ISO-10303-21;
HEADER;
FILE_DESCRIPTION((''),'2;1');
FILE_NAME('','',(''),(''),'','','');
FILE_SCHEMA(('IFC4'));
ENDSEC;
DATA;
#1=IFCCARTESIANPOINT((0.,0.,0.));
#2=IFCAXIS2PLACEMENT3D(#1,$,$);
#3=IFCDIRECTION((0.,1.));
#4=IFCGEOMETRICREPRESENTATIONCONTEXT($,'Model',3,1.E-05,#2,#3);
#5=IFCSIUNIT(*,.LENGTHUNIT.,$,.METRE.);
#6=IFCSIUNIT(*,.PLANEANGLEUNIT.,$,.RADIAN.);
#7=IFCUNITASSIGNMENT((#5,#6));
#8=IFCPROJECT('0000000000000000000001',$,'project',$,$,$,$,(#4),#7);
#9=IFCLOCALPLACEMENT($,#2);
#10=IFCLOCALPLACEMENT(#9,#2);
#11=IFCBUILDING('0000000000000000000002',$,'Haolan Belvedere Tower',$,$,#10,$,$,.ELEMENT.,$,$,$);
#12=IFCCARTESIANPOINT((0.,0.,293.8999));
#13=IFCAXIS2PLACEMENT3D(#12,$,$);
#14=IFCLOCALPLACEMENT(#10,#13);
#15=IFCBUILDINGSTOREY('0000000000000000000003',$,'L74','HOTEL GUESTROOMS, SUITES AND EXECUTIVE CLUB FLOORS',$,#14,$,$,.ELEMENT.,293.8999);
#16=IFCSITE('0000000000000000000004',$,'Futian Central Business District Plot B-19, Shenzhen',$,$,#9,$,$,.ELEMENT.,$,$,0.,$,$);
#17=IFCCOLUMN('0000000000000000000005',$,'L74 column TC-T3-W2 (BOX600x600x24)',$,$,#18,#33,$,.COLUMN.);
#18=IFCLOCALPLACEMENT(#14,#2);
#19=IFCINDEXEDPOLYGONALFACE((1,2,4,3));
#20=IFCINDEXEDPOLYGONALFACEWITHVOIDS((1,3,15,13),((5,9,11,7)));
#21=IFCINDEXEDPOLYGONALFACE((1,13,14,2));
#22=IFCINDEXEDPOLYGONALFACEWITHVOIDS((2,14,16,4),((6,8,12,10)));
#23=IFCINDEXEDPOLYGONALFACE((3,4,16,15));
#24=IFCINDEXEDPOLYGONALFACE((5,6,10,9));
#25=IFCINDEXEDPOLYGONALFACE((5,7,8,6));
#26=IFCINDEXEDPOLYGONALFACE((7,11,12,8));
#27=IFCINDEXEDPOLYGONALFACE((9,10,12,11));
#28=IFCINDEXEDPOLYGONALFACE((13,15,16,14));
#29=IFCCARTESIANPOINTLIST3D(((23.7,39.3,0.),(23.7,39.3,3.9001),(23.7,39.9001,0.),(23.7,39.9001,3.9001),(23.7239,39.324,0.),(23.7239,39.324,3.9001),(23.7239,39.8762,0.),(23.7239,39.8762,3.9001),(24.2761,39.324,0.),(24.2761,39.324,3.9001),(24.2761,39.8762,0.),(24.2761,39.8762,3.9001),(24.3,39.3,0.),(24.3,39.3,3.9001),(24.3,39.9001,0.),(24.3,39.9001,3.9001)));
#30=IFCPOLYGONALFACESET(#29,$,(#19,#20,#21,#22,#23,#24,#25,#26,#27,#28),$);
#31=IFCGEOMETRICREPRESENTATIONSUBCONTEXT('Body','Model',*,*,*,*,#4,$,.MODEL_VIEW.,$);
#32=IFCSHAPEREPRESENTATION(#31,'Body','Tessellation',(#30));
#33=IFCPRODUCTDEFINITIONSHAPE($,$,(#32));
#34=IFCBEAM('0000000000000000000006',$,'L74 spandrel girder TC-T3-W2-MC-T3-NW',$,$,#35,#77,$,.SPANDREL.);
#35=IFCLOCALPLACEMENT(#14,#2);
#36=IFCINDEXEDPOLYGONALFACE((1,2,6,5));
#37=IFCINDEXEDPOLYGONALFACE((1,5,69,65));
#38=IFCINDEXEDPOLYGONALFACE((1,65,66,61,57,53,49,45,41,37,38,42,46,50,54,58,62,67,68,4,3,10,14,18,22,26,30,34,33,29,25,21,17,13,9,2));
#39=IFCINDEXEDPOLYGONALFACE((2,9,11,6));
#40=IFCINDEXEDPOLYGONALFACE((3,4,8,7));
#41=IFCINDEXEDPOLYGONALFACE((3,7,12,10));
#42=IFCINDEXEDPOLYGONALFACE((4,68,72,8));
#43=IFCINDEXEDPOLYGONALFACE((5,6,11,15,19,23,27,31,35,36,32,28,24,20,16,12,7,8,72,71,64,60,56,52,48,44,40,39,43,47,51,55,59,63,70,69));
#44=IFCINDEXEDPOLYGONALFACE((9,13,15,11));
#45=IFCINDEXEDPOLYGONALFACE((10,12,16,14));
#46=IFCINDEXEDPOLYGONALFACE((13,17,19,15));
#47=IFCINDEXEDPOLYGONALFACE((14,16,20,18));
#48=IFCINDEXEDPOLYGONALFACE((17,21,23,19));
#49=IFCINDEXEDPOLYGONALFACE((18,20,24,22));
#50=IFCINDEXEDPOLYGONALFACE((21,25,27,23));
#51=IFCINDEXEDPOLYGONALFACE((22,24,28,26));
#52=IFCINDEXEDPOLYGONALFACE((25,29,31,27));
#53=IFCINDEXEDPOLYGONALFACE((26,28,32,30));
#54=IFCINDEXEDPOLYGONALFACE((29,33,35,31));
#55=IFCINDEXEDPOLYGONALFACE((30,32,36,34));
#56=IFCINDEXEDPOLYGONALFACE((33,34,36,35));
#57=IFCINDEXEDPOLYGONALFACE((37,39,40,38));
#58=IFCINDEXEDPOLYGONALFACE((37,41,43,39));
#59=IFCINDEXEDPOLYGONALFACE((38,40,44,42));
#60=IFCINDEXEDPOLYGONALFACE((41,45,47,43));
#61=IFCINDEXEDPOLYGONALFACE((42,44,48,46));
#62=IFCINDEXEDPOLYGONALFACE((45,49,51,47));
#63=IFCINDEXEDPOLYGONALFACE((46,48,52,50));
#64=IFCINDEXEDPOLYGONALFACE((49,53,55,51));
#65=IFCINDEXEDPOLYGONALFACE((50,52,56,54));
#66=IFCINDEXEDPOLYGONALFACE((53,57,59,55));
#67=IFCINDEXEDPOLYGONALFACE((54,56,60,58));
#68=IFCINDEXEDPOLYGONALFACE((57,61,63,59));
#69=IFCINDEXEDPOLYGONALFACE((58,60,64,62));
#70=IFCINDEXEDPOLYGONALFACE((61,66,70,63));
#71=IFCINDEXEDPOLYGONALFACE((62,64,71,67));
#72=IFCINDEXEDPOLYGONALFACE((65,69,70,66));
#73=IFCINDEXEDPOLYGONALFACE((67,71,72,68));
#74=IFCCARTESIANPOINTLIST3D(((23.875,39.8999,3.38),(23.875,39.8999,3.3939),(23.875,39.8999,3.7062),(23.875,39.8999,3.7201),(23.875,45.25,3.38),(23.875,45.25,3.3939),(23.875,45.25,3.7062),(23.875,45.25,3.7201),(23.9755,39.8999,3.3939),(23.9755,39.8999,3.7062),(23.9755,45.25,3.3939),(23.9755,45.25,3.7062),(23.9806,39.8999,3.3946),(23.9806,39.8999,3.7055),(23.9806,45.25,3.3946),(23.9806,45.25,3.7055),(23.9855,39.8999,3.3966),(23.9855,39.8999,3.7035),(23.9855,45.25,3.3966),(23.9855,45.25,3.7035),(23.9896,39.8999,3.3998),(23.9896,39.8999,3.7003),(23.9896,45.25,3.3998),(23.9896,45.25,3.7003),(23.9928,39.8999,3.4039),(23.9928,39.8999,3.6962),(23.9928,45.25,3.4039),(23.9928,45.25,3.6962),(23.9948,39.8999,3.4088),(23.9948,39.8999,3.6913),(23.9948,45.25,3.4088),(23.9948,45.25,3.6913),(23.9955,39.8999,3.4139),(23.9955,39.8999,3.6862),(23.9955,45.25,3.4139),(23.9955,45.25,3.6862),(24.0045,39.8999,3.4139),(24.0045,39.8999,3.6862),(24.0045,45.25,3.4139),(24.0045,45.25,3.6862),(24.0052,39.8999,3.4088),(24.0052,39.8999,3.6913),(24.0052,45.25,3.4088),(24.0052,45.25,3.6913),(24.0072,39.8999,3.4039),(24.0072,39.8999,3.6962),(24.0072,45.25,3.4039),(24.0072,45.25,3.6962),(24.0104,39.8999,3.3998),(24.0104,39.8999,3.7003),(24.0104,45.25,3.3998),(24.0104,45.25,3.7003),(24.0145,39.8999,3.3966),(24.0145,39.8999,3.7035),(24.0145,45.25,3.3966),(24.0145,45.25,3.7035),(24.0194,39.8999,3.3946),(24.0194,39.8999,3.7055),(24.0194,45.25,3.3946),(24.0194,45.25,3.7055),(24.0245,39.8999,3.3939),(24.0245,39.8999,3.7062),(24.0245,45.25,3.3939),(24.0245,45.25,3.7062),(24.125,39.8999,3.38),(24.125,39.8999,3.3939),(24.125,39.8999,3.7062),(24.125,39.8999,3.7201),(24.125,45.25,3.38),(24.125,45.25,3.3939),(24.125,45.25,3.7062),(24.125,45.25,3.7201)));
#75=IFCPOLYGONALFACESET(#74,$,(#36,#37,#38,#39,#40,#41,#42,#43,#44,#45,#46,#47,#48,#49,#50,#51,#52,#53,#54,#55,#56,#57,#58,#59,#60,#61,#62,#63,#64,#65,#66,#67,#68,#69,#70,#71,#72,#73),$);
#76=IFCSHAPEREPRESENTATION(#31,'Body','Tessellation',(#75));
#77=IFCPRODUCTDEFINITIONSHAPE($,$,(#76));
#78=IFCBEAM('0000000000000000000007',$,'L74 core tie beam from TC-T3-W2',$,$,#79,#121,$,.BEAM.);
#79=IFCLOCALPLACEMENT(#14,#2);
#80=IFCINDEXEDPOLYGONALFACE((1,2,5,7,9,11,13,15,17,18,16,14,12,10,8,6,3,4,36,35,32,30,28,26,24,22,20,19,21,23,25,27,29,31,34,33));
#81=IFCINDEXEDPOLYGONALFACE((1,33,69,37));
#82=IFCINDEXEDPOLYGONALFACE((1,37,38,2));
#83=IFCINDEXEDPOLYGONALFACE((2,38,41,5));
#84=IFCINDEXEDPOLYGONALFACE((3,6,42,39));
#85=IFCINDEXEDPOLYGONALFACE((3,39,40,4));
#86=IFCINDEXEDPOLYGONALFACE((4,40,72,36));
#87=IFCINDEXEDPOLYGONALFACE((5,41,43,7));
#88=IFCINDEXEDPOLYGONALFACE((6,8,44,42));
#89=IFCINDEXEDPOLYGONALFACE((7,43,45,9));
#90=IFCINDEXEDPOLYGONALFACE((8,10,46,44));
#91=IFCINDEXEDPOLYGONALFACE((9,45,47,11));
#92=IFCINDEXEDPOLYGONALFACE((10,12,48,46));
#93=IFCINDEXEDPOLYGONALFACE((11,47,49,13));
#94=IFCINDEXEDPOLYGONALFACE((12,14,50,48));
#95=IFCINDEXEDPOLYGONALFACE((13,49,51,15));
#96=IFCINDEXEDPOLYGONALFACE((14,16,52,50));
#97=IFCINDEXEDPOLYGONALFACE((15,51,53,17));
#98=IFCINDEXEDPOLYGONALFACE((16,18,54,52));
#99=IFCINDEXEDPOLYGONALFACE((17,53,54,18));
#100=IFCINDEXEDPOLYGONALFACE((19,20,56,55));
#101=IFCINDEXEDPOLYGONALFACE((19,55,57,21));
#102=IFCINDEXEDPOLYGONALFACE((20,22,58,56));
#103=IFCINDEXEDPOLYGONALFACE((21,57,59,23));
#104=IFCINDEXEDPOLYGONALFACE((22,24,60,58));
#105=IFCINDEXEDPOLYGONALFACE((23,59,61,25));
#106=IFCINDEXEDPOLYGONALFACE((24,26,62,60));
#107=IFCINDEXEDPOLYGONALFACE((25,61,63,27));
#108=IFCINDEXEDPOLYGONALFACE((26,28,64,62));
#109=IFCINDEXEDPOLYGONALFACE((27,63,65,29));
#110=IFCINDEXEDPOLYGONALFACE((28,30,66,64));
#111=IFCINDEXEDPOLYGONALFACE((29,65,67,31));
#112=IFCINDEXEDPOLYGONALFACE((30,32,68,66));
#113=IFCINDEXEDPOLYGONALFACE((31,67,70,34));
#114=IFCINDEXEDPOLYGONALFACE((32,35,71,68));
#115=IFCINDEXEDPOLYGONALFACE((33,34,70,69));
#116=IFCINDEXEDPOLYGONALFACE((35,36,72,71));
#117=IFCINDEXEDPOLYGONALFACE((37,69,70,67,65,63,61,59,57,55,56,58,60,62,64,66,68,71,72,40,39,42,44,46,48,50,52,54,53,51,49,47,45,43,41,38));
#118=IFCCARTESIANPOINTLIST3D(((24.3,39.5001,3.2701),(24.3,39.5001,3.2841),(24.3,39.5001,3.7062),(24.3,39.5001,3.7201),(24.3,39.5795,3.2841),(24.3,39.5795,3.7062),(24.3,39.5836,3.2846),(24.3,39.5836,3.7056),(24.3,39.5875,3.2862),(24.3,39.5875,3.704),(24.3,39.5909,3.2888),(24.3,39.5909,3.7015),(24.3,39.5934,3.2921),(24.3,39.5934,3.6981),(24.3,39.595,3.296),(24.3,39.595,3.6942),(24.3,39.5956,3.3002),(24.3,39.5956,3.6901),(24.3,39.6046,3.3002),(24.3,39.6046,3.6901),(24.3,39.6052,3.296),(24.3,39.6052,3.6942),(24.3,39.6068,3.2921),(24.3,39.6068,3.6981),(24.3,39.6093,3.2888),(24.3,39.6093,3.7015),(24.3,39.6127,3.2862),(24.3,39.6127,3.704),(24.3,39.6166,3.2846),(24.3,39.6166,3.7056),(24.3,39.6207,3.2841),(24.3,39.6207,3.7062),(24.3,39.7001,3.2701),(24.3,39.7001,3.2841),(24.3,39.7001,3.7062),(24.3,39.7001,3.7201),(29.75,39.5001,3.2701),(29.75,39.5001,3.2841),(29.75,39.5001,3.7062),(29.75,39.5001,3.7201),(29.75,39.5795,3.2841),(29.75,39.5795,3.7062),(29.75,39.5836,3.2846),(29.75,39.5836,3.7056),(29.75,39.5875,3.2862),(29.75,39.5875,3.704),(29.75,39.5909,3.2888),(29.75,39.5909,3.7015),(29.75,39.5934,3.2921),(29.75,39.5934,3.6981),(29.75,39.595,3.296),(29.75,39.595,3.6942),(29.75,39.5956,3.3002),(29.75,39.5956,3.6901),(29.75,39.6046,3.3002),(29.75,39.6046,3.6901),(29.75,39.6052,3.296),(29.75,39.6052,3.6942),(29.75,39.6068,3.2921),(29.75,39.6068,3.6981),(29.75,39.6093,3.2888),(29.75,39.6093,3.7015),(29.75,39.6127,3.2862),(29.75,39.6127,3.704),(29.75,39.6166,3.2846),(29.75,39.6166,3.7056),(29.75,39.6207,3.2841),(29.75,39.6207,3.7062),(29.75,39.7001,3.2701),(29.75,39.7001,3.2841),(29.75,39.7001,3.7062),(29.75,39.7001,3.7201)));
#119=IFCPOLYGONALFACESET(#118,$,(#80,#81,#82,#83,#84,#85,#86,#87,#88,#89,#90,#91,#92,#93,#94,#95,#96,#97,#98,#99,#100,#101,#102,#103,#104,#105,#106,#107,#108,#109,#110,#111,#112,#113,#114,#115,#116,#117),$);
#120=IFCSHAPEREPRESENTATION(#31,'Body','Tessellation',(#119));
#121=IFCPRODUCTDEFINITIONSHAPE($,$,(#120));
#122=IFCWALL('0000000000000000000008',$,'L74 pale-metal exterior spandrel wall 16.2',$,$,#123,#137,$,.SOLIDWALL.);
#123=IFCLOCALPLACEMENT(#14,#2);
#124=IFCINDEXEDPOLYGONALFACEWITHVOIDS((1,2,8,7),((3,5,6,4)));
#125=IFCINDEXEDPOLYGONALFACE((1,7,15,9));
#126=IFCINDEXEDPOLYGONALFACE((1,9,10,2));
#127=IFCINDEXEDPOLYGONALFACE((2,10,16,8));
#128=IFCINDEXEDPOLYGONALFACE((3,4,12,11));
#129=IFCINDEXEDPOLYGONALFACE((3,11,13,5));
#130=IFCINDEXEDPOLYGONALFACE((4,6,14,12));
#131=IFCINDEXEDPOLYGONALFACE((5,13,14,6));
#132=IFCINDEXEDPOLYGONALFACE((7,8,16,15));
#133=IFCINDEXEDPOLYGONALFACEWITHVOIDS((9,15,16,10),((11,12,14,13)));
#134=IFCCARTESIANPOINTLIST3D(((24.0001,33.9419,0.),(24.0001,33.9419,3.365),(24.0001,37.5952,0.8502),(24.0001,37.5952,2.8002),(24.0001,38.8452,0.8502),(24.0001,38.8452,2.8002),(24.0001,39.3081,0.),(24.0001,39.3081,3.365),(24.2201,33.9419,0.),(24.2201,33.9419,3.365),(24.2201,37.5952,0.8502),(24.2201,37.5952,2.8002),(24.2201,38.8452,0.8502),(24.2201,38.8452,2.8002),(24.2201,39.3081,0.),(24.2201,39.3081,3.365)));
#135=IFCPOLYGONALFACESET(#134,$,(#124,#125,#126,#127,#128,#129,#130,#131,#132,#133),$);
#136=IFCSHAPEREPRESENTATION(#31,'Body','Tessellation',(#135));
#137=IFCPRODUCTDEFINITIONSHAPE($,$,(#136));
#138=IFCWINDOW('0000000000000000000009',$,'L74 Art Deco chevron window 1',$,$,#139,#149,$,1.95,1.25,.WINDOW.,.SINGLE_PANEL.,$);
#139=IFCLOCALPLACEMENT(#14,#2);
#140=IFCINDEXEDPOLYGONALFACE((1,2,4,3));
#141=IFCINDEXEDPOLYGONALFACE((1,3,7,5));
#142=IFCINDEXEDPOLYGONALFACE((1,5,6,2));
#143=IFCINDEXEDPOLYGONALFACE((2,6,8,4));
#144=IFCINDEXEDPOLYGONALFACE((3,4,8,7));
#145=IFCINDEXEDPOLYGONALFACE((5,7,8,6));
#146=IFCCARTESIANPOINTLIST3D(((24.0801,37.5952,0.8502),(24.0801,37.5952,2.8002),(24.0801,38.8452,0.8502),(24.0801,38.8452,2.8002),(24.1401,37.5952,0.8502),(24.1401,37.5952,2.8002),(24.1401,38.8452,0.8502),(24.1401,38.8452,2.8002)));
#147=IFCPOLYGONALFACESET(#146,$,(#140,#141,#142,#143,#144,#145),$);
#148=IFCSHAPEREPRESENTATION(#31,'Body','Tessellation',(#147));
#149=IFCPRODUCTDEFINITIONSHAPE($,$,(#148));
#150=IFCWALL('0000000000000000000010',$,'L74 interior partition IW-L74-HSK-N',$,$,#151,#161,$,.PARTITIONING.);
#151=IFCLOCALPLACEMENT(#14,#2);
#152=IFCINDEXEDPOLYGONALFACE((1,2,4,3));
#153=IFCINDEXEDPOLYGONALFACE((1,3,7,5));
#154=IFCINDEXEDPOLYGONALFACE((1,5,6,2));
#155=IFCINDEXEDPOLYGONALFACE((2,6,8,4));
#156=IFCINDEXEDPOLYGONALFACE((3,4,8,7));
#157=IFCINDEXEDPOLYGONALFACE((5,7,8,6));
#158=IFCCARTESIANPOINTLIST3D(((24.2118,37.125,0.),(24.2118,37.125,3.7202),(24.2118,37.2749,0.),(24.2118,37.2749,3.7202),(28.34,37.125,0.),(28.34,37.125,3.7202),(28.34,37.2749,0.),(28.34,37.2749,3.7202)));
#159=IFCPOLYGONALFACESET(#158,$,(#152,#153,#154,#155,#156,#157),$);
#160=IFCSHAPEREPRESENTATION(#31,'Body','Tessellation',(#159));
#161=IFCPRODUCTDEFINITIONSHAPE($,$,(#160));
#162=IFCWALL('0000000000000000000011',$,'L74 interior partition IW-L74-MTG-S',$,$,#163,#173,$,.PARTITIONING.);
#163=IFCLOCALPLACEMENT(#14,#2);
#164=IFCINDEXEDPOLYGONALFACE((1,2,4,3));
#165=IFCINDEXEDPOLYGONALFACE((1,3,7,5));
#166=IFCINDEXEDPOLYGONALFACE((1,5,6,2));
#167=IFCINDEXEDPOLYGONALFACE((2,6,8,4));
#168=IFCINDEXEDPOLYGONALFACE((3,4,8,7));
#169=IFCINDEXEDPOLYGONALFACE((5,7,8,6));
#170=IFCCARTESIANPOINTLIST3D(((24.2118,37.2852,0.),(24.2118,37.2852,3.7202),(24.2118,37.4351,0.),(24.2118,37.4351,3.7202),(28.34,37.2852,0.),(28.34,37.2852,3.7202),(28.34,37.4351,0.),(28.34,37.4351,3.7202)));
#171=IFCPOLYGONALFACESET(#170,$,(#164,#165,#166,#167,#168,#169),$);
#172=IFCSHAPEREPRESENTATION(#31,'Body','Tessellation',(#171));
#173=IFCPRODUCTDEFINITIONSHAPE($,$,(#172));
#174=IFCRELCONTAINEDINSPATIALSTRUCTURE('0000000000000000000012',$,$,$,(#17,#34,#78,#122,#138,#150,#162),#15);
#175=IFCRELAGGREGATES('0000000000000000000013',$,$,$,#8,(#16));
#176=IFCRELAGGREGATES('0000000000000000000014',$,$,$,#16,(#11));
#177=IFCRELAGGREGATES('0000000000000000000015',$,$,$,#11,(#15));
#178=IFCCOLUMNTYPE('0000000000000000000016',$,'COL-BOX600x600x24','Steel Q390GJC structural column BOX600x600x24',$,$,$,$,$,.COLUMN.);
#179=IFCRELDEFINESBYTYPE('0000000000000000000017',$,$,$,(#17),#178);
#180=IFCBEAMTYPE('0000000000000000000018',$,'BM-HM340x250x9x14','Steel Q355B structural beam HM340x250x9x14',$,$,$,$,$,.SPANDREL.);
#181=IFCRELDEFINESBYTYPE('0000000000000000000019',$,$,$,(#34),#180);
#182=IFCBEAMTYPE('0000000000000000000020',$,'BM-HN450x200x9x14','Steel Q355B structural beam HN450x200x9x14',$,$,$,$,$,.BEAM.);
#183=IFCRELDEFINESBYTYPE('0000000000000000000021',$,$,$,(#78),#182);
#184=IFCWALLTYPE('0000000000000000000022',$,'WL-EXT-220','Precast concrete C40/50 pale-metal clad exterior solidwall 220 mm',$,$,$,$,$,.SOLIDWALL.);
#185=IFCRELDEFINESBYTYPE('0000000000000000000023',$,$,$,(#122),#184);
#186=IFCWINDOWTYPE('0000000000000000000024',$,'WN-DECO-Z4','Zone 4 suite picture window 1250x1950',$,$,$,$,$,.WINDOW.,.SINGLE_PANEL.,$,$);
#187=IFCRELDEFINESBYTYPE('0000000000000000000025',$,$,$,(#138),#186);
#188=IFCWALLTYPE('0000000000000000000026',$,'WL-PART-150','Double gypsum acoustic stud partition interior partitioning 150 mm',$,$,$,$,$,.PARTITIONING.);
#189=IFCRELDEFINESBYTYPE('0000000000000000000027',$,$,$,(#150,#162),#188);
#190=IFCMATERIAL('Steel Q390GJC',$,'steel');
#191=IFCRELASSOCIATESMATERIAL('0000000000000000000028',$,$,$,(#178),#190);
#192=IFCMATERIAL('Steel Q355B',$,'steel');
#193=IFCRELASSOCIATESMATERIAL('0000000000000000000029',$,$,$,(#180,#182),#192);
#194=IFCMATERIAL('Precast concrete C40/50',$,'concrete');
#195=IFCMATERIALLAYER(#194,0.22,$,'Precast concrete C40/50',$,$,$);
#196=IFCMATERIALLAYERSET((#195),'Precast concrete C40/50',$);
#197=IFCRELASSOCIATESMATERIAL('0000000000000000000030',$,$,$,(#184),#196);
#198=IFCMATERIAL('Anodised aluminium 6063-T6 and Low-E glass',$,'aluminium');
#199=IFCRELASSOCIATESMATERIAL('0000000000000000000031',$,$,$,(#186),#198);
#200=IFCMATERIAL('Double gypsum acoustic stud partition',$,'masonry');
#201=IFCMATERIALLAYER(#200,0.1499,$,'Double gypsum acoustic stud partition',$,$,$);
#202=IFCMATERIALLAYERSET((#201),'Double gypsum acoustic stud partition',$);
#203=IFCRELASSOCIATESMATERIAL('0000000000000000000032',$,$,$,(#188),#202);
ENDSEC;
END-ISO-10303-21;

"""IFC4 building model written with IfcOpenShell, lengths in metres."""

from ifc_helpers import new_model, si_unit, direction, frame, frame_2d, origin, origin_2d, place, context, subcontext, project, spatial, rectangle, hollow_rectangle, i_section, extrude, material, layer, layer_set, material_profile, profile_set, type_object, element, fill, save


model = new_model("IFC4")

# Units and contexts
model_context = context("Model", 3, precision=1e-05, world=origin(), true_north=direction((0.0, 1.0)))
body_context = subcontext(model_context, "Body", "Model", "MODEL_VIEW")
ifc_project = project(units=[si_unit("LENGTHUNIT", "METRE"), si_unit("PLANEANGLEUNIT", "RADIAN")], contexts=[model_context])

# Site, building, storey
site_placement = place(None, origin())
site = spatial("IfcSite", under=ifc_project, at=site_placement, Name="Futian Central Business District Plot B-19, Shenzhen", CompositionType="ELEMENT", RefElevation=0.0)
building_placement = place(site_placement, origin())
building = spatial("IfcBuilding", under=site, at=building_placement, Name="Haolan Belvedere Tower", CompositionType="ELEMENT")
storey_placement = place(building_placement, frame((0.0, 0.0, 293.8999)))
storey = spatial("IfcBuildingStorey", under=building, at=storey_placement, Name="L74", Description="HOTEL GUESTROOMS, SUITES AND EXECUTIVE CLUB FLOORS", CompositionType="ELEMENT", Elevation=293.8999)

# Column
ifc_material_1 = material(Name="Steel Q390GJC", Category="steel")
ifc_material_profile_1 = material_profile(ifc_material_1, hollow_rectangle(XDim=0.6001, YDim=0.6001, WallThickness=0.0239, at=origin_2d()), Name="Steel Q390GJC")
ifc_profile_set_1 = profile_set([ifc_material_profile_1], Name="Steel Q390GJC")
column_type = type_object("IfcColumnType", Name="COL-BOX600x600x24", Description="Steel Q390GJC structural column BOX600x600x24", PredefinedType="COLUMN", material=ifc_profile_set_1)
column_placement = place(storey_placement, frame((24.0, 39.6001, 0.0), z_axis=(0.0, 0.0, 1.0), x_axis=(1.0, 0.0, 0.0)))
element("IfcColumn", 1, at=column_placement, inside=storey, type_object=column_type, Name="L74 column TC-T3-W2 (BOX600x600x24)", PredefinedType="COLUMN", context=body_context, shape_type="SweptSolid", body=[
    extrude(hollow_rectangle(XDim=0.6001, YDim=0.6001, WallThickness=0.0239, at=origin_2d()), origin(), (0.0, 0.0, 1.0), 3.9001),
])

# Beams
ifc_material_2 = material(Name="Steel Q355B", Category="steel")
ifc_material_profile_2 = material_profile(ifc_material_2, i_section(OverallWidth=0.25, OverallDepth=0.3401, WebThickness=0.009, FlangeThickness=0.0139, FilletRadius=0.02, at=origin_2d()), Name="Steel Q355B")
ifc_profile_set_2 = profile_set([ifc_material_profile_2], Name="Steel Q355B")
beam_type_1 = type_object("IfcBeamType", Name="BM-HM340x250x9x14", Description="Steel Q355B structural beam HM340x250x9x14", PredefinedType="SPANDREL", material=ifc_profile_set_2)
beam_1_placement = place(storey_placement, frame((24.0, 39.8999, 3.55), z_axis=(0.0, 1.0, 0.0), x_axis=(-1.0, 0.0, 0.0)))
element("IfcBeam", 2, at=beam_1_placement, inside=storey, type_object=beam_type_1, Name="L74 spandrel girder TC-T3-W2-MC-T3-NW", PredefinedType="SPANDREL", context=body_context, shape_type="SweptSolid", body=[
    extrude(i_section(OverallWidth=0.25, OverallDepth=0.3401, WebThickness=0.009, FlangeThickness=0.0139, FilletRadius=0.02, at=origin_2d()), origin(), (0.0, 0.0, 1.0), 5.3501),
])
ifc_material_profile_3 = material_profile(ifc_material_2, i_section(OverallWidth=0.2, OverallDepth=0.45, WebThickness=0.009, FlangeThickness=0.0139, FilletRadius=0.0161, at=origin_2d()), Name="Steel Q355B")
ifc_profile_set_3 = profile_set([ifc_material_profile_3], Name="Steel Q355B")
beam_type_2 = type_object("IfcBeamType", Name="BM-HN450x200x9x14", Description="Steel Q355B structural beam HN450x200x9x14", PredefinedType="BEAM", material=ifc_profile_set_3)
beam_2_placement = place(storey_placement, frame((24.3, 39.6001, 3.4951), z_axis=(1.0, 0.0, 0.0), x_axis=(0.0, 1.0, 0.0)))
element("IfcBeam", 3, at=beam_2_placement, inside=storey, type_object=beam_type_2, Name="L74 core tie beam from TC-T3-W2", PredefinedType="BEAM", context=body_context, shape_type="SweptSolid", body=[
    extrude(i_section(OverallWidth=0.2, OverallDepth=0.45, WebThickness=0.009, FlangeThickness=0.0139, FilletRadius=0.0161, at=origin_2d()), origin(), (0.0, 0.0, 1.0), 5.45),
])

# Wall, opening, window
ifc_material_3 = material(Name="Precast concrete C40/50", Category="concrete")
ifc_layer_1 = layer(ifc_material_3, 0.22, Name="Precast concrete C40/50")
ifc_layer_set_1 = layer_set([ifc_layer_1], Name="Precast concrete C40/50")
wall_type_1 = type_object("IfcWallType", Name="WL-EXT-220", Description="Precast concrete C40/50 pale-metal clad exterior solidwall 220 mm", PredefinedType="SOLIDWALL", material=ifc_layer_set_1)
wall_1_placement = place(storey_placement, frame((24.1101, 39.3081, 0.0), z_axis=(0.0, 0.0, 1.0), x_axis=(0.0, -1.0, 0.0)))
wall_1 = element("IfcWall", 4, at=wall_1_placement, inside=storey, type_object=wall_type_1, Name="L74 pale-metal exterior spandrel wall 16.2", PredefinedType="SOLIDWALL", context=body_context, shape_type="SweptSolid", body=[
    extrude(rectangle(XDim=5.3662, YDim=0.22, at=frame_2d((2.6831, 0.0))), origin(), (0.0, 0.0, 1.0), 3.365),
])
opening_1_placement = place(wall_1_placement, frame((0.4629, 0.0, 0.8501)))
opening_1 = element("IfcOpeningElement", 5, at=opening_1_placement, cuts=wall_1, PredefinedType="OPENING", context=body_context, shape_type="SweptSolid", body=[
    extrude(rectangle(XDim=1.25, YDim=1.95, at=frame_2d((0.625, 0.9751))), frame((0.0, 0.1199, 0.0), z_axis=(0.0, -1.0, 0.0), x_axis=(1.0, 0.0, 0.0)), (0.0, 0.0, 1.0), 0.24),
])
ifc_material_4 = material(Name="Anodised aluminium 6063-T6 and Low-E glass", Category="aluminium")
window_type = type_object("IfcWindowType", Name="WN-DECO-Z4", Description="Zone 4 suite picture window 1250x1950", PartitioningType="SINGLE_PANEL", PredefinedType="WINDOW", material=ifc_material_4)
window_placement = place(opening_1_placement, origin())
window = element("IfcWindow", 6, at=window_placement, inside=storey, type_object=window_type, Name="L74 Art Deco chevron window 1", OverallHeight=1.95, OverallWidth=1.25, PartitioningType="SINGLE_PANEL", PredefinedType="WINDOW", context=body_context, shape_type="SweptSolid", body=[
    extrude(rectangle(XDim=1.25, YDim=1.95, at=frame_2d((0.625, 0.9751))), frame((0.0, 0.03, 0.0), z_axis=(0.0, -1.0, 0.0), x_axis=(1.0, 0.0, 0.0)), (0.0, 0.0, 1.0), 0.0601),
])
fill(opening_1, window)

# Walls
ifc_material_5 = material(Name="Double gypsum acoustic stud partition", Category="masonry")
ifc_layer_2 = layer(ifc_material_5, 0.1499, Name="Double gypsum acoustic stud partition")
ifc_layer_set_2 = layer_set([ifc_layer_2], Name="Double gypsum acoustic stud partition")
wall_type_2 = type_object("IfcWallType", Name="WL-PART-150", Description="Double gypsum acoustic stud partition interior partitioning 150 mm", PredefinedType="PARTITIONING", material=ifc_layer_set_2)
for number, where, z_axis, x_axis, name in (
    (7, (24.2119, 37.2, 0.0), (0.0, 0.0, 1.0), (1.0, 0.0, 0.0), "L74 interior partition IW-L74-HSK-N"),
    (8, (24.2119, 37.3601, 0.0), (0.0, 0.0, 1.0), (1.0, 0.0, 0.0), "L74 interior partition IW-L74-MTG-S"),
):
    element("IfcWall", number, at=place(storey_placement, frame(where, z_axis=z_axis, x_axis=x_axis)), inside=storey, type_object=wall_type_2, Name=name, PredefinedType="PARTITIONING", context=body_context, shape_type="SweptSolid", body=[
        extrude(rectangle(XDim=4.1282, YDim=0.1499, at=frame_2d((2.064, 0.0))), origin(), (0.0, 0.0, 1.0), 3.7202),
    ])

save(model, "model.ifc")
